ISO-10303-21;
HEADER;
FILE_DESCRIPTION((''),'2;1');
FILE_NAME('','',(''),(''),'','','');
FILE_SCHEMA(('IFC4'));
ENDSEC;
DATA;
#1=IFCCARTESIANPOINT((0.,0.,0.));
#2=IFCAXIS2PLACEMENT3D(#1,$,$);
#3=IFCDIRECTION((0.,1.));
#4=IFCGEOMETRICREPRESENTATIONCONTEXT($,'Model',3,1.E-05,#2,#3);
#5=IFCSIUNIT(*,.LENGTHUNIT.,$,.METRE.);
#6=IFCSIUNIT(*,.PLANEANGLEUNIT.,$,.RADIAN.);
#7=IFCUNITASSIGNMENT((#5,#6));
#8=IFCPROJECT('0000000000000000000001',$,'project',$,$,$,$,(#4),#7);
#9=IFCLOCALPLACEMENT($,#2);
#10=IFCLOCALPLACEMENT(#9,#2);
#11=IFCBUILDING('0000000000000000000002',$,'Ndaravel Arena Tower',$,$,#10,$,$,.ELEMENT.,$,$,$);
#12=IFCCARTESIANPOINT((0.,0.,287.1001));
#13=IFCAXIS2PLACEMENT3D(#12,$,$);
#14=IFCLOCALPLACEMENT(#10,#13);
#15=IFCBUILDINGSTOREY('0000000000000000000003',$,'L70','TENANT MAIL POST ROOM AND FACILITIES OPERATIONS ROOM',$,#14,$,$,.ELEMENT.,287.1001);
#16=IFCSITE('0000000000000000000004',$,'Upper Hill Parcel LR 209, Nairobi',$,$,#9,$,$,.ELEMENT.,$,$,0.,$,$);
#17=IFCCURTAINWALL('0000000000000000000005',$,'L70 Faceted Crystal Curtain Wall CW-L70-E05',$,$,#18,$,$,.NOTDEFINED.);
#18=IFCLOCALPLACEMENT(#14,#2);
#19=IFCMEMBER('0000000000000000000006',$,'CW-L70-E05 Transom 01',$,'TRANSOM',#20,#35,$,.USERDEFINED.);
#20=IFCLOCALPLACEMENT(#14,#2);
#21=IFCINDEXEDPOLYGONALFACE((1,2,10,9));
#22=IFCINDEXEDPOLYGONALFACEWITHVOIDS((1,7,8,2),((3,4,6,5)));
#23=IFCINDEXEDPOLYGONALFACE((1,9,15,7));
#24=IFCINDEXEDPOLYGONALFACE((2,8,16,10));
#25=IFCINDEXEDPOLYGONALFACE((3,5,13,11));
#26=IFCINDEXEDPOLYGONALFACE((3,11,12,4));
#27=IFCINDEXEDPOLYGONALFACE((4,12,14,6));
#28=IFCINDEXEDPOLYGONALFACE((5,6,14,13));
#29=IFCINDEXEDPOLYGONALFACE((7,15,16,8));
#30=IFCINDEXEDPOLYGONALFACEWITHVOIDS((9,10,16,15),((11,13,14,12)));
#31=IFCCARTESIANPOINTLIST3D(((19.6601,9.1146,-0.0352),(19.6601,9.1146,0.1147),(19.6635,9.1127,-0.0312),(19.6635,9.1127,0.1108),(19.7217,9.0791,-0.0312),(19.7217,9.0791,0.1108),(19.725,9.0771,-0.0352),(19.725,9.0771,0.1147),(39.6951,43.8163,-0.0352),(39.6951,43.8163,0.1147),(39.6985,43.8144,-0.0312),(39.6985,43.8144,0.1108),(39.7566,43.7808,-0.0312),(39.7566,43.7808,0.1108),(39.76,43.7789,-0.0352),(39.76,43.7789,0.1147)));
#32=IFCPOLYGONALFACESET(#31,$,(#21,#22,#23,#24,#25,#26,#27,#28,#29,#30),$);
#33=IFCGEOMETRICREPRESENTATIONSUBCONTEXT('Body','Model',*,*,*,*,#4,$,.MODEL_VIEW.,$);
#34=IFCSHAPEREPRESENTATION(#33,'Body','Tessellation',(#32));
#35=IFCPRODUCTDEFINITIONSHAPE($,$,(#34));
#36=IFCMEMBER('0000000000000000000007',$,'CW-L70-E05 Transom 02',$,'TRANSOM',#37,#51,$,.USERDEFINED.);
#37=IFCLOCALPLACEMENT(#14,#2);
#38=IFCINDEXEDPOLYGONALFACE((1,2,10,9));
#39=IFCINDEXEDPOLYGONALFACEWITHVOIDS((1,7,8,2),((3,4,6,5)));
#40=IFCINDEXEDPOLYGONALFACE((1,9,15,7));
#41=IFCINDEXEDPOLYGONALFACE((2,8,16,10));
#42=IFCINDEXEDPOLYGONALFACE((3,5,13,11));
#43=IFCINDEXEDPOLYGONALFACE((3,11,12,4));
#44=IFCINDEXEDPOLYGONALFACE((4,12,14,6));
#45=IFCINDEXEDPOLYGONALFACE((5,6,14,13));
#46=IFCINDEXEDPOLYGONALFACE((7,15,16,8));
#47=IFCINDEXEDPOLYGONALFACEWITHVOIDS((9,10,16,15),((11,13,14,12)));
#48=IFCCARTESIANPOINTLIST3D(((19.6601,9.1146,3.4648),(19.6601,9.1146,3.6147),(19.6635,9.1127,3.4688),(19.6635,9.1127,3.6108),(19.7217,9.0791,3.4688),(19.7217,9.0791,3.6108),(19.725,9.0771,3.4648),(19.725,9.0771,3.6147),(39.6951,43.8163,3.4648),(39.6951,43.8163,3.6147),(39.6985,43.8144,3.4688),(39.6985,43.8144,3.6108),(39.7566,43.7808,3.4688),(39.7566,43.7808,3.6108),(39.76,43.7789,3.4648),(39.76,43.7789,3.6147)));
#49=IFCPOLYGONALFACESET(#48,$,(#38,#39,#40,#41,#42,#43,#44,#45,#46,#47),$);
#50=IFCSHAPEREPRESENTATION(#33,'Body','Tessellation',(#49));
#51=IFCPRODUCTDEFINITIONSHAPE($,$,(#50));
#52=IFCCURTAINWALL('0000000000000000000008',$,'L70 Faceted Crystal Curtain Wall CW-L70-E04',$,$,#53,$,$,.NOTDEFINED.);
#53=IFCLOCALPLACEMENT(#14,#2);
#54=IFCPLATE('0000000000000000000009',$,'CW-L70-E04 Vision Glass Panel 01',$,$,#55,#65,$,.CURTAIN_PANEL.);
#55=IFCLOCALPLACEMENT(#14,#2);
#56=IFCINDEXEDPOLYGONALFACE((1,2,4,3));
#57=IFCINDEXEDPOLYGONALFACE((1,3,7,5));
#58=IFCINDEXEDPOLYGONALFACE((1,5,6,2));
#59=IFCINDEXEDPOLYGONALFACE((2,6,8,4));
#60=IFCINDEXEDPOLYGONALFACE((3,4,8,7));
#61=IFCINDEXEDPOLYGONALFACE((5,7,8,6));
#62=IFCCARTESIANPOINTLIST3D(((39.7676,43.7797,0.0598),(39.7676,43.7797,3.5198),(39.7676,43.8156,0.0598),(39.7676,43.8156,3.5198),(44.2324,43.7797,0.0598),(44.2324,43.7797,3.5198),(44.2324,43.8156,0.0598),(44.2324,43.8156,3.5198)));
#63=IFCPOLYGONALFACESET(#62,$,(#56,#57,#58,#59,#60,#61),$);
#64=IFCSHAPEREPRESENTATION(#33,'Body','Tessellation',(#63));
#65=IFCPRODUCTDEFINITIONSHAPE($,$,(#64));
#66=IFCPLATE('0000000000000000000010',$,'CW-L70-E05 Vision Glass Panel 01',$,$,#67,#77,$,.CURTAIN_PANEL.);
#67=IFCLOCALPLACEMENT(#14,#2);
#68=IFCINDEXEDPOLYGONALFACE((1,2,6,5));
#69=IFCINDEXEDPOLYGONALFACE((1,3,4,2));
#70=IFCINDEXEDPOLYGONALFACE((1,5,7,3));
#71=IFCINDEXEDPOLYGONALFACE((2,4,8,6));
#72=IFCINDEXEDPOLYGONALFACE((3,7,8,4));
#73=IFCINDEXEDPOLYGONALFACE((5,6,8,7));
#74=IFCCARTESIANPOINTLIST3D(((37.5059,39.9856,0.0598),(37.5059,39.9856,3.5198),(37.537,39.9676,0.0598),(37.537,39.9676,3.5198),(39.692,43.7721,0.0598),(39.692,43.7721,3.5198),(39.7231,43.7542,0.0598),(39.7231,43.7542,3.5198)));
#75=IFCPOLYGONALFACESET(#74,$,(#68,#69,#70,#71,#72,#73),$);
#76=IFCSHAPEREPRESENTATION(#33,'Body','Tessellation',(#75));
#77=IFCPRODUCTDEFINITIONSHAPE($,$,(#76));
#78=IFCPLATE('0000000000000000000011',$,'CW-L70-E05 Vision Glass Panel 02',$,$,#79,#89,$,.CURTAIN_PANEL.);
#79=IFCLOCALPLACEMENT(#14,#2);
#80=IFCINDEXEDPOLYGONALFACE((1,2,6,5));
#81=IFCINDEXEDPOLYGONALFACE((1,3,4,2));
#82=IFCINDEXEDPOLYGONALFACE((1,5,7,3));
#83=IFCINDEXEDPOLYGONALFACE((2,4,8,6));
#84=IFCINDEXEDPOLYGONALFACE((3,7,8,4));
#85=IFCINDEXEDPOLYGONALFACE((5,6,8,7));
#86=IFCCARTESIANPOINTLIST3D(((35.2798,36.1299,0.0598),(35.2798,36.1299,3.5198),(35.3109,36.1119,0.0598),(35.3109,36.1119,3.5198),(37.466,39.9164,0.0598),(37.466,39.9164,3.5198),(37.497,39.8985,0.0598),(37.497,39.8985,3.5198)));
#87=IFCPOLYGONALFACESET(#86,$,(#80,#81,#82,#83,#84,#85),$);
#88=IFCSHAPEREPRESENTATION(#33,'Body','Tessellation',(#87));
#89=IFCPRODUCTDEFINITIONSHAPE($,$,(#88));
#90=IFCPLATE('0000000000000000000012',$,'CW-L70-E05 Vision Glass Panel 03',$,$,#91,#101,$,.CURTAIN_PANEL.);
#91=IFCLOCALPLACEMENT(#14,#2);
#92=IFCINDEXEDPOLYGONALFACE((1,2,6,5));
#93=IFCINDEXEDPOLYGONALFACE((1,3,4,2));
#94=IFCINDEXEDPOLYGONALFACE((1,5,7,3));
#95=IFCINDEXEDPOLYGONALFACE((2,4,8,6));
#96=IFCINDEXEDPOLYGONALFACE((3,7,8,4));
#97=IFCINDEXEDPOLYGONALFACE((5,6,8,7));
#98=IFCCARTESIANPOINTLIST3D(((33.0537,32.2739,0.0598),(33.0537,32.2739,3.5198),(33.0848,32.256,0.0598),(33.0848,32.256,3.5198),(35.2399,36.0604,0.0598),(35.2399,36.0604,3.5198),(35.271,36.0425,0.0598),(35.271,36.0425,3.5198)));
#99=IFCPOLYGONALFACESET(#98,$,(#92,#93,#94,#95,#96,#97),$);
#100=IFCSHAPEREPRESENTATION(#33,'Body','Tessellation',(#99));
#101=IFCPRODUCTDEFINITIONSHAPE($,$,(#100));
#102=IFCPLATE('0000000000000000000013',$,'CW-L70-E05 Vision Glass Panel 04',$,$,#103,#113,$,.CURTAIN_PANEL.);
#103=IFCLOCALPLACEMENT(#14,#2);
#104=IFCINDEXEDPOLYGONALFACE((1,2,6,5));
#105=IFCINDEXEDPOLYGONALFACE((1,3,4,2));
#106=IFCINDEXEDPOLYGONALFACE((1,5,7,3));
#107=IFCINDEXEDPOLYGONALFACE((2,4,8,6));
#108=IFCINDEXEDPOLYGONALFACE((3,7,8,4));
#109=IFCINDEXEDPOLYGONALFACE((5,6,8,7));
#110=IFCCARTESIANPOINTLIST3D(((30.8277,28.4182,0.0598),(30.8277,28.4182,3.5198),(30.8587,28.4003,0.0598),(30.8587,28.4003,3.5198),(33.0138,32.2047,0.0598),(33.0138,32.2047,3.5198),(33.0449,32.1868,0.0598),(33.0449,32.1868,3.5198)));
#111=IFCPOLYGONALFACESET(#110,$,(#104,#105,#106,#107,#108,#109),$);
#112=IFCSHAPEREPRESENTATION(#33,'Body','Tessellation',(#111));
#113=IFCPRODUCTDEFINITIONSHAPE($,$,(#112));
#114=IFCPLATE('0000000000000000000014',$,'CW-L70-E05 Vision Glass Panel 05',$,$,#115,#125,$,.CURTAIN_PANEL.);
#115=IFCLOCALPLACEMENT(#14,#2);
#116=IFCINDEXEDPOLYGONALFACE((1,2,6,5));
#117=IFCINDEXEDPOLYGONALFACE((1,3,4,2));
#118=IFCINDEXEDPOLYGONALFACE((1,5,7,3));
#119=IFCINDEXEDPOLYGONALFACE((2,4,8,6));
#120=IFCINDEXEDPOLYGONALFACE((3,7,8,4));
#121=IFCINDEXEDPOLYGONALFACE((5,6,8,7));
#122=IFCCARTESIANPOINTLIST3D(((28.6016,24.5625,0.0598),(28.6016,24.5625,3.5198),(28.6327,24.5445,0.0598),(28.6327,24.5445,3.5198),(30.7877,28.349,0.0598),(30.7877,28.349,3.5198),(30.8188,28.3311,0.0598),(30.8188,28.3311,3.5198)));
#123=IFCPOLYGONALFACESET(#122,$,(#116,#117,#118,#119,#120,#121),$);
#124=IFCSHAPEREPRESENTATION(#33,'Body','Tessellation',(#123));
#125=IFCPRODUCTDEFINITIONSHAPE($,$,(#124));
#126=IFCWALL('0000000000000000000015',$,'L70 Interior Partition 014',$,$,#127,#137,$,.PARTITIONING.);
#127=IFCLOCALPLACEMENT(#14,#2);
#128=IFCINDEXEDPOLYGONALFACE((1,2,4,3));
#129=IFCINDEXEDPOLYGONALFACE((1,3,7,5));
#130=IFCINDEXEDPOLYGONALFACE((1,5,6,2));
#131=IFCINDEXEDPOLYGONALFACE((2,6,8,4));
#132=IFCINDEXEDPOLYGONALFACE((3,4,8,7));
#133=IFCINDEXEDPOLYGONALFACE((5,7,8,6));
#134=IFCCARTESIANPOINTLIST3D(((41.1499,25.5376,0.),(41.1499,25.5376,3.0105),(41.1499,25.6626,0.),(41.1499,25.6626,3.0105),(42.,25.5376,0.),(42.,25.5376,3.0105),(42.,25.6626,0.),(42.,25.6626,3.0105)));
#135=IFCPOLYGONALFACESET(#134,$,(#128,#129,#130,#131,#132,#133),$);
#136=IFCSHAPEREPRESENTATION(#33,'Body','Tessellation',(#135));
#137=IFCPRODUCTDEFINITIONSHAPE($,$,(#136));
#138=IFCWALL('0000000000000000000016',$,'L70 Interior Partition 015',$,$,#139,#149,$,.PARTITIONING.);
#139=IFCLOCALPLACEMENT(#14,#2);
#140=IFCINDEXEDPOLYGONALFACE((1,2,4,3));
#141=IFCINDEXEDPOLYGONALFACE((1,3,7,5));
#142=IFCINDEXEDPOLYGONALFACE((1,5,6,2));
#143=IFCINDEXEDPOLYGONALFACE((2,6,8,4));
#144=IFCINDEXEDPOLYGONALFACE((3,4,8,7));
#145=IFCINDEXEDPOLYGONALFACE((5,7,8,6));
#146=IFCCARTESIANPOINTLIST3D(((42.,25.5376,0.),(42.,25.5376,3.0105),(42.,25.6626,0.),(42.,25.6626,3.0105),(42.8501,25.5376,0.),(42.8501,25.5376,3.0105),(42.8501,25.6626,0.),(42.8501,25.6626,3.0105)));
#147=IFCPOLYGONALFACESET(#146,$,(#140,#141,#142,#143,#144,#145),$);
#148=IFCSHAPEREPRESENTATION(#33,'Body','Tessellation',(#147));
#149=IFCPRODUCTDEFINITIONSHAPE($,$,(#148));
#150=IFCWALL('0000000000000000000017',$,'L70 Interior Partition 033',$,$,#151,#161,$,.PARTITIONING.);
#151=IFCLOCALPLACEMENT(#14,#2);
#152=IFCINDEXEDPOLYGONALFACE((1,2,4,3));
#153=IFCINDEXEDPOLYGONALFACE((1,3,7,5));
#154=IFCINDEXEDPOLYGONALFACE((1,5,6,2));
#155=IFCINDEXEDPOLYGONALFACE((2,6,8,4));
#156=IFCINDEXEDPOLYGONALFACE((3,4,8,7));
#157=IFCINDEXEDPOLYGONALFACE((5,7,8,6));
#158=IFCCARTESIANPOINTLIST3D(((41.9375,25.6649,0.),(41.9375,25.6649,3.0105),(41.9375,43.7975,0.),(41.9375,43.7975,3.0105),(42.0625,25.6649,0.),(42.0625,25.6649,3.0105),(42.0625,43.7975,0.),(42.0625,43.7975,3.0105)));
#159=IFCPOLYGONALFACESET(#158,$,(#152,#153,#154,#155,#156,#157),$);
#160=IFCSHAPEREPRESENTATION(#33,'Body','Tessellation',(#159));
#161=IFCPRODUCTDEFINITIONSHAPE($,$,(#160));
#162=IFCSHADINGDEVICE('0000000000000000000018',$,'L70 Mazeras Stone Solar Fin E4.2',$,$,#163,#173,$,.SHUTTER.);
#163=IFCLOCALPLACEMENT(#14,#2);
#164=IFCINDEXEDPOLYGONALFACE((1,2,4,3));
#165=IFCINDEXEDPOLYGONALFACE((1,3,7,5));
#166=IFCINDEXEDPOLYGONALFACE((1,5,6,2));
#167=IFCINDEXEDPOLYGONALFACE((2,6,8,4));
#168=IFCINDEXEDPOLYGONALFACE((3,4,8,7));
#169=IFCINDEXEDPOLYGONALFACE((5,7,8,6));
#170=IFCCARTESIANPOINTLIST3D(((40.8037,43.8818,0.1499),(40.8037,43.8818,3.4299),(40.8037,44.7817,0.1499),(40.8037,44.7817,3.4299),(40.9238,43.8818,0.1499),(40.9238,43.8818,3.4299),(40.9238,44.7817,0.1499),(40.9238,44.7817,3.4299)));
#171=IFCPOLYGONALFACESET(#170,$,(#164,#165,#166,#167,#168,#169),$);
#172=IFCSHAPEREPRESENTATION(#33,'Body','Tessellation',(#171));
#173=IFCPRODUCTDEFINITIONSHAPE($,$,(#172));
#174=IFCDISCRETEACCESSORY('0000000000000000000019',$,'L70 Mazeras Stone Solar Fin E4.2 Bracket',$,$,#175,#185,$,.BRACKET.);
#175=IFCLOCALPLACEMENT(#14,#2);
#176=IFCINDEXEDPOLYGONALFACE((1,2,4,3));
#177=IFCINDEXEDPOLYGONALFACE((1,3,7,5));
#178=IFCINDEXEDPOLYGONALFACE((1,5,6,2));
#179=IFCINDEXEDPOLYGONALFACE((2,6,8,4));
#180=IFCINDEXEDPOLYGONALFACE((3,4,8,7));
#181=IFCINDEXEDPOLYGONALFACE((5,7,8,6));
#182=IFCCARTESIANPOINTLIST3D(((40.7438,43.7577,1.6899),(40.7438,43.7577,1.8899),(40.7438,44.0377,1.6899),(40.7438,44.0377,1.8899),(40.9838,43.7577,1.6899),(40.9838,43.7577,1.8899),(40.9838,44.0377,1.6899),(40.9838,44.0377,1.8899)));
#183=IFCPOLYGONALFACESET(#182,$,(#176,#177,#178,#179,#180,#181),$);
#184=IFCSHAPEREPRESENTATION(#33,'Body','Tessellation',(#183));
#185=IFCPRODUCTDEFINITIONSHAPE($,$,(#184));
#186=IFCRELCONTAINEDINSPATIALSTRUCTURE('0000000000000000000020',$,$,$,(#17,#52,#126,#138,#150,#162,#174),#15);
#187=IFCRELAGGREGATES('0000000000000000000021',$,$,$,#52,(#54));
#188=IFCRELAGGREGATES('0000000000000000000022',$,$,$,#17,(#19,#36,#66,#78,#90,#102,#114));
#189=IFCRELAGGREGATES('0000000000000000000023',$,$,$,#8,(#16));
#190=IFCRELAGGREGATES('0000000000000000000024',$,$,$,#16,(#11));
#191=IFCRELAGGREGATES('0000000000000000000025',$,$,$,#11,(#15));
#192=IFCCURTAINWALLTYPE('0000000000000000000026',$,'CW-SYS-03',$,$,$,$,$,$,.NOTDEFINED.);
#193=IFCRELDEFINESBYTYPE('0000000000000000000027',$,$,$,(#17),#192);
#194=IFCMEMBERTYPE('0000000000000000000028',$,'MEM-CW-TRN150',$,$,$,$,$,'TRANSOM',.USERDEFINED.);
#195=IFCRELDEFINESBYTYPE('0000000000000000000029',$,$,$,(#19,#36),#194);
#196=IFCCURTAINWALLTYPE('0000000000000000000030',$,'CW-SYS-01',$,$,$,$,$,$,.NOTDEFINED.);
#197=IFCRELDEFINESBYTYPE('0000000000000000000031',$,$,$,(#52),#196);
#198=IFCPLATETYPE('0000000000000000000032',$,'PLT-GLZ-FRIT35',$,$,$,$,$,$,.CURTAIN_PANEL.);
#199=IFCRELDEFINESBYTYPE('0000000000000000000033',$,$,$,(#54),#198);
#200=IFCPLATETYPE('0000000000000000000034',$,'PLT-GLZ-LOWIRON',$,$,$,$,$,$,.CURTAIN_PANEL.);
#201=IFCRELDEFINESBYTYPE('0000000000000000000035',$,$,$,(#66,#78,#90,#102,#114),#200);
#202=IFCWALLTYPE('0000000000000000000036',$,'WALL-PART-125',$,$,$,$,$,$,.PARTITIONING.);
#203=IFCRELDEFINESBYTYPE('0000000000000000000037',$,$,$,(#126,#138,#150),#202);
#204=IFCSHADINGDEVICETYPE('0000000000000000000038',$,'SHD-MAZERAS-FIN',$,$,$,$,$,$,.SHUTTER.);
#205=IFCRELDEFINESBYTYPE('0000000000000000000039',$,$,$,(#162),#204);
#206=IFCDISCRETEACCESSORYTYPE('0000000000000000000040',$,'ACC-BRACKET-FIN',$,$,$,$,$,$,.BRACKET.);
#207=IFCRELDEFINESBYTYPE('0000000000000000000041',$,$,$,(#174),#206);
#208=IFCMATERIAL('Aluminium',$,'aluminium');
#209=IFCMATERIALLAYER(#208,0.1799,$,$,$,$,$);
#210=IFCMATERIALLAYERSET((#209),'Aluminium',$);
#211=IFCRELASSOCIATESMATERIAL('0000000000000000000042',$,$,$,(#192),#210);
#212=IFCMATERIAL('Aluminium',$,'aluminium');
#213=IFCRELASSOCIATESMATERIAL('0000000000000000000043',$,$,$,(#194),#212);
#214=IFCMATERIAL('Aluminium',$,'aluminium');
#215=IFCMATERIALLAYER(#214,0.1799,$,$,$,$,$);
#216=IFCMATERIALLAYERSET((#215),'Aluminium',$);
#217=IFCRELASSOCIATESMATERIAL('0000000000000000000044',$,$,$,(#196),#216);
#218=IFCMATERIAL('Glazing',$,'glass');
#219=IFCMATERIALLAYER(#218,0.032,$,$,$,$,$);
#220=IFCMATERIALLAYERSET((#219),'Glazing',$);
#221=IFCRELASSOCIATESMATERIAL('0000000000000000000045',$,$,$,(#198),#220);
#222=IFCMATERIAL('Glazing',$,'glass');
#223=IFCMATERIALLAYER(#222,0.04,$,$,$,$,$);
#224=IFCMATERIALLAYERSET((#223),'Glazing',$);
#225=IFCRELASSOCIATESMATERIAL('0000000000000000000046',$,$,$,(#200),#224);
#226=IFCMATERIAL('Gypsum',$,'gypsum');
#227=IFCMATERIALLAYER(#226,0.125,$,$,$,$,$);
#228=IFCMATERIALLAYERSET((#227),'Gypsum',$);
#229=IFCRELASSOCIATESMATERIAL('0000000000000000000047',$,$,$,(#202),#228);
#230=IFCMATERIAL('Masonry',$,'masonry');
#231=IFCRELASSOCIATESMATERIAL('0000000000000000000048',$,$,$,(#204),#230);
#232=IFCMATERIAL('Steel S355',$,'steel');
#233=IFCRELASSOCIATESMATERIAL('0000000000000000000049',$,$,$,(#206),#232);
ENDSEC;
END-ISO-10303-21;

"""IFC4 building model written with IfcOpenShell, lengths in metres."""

from ifc_helpers import new_model, si_unit, direction, frame, frame_2d, origin, origin_2d, place, context, subcontext, project, spatial, rectangle, hollow_rectangle, extrude, material, layer, layer_set, material_profile, profile_set, type_object, element, aggregate, save


model = new_model("IFC4")

# Units and contexts
model_context = context("Model", 3, precision=1e-05, world=origin(), true_north=direction((0.0, 1.0)))
body_context = subcontext(model_context, "Body", "Model", "MODEL_VIEW")
ifc_project = project(units=[si_unit("LENGTHUNIT", "METRE"), si_unit("PLANEANGLEUNIT", "RADIAN")], contexts=[model_context])

# Site, building, storey
site_placement = place(None, origin())
site = spatial("IfcSite", under=ifc_project, at=site_placement, Name="Upper Hill Parcel LR 209, Nairobi", CompositionType="ELEMENT", RefElevation=0.0)
building_placement = place(site_placement, origin())
building = spatial("IfcBuilding", under=site, at=building_placement, Name="Ndaravel Arena Tower", CompositionType="ELEMENT")
storey_placement = place(building_placement, frame((0.0, 0.0, 287.1001)))
storey = spatial("IfcBuildingStorey", under=building, at=storey_placement, Name="L70", Description="TENANT MAIL POST ROOM AND FACILITIES OPERATIONS ROOM", CompositionType="ELEMENT", Elevation=287.1001)

# Curtain wall, members
ifc_material_1 = material(Name="Aluminium", Category="aluminium")
ifc_layer_1 = layer(ifc_material_1, 0.1799)
ifc_layer_set_1 = layer_set([ifc_layer_1], Name="Aluminium")
curtain_wall_type_1 = type_object("IfcCurtainWallType", Name="CW-SYS-03", PredefinedType="NOTDEFINED", material=ifc_layer_set_1)
curtain_wall_1_placement = place(storey_placement, origin())
curtain_wall_1 = element("IfcCurtainWall", 1, at=curtain_wall_1_placement, inside=storey, type_object=curtain_wall_type_1, Name="L70 Faceted Crystal Curtain Wall CW-L70-E05", PredefinedType="NOTDEFINED")
ifc_material_2 = material(Name="Aluminium", Category="aluminium")
ifc_material_profile_1 = material_profile(ifc_material_2, hollow_rectangle(XDim=0.075, YDim=0.1499, WallThickness=0.0039, at=origin_2d()), Name="CW TRANSOM 75x150x4")
ifc_profile_set_1 = profile_set([ifc_material_profile_1], Name="Aluminium")
member_type_1 = type_object("IfcMemberType", Name="MEM-CW-TRN150", ElementType="TRANSOM", PredefinedType="USERDEFINED", material=ifc_profile_set_1)
member_1_placement = place(storey_placement, frame((39.7275, 43.7976, 0.0398), z_axis=(-0.499998, -0.866026, 0.0), x_axis=(0.866026, -0.499998, 0.0)))
member_1 = element("IfcMember", 2, at=member_1_placement, type_object=member_type_1, Name="CW-L70-E05 Transom 01", ObjectType="TRANSOM", PredefinedType="USERDEFINED", context=body_context, shape_type="SweptSolid", body=[
    extrude(hollow_rectangle(XDim=0.075, YDim=0.1499, WallThickness=0.0039, at=origin_2d()), origin(), (0.0, 0.0, 1.0), 40.0701),
])
member_2_placement = place(storey_placement, frame((39.7275, 43.7976, 3.5398), z_axis=(-0.499998, -0.866026, 0.0), x_axis=(0.866026, -0.499998, 0.0)))
member_2 = element("IfcMember", 3, at=member_2_placement, type_object=member_type_1, Name="CW-L70-E05 Transom 02", ObjectType="TRANSOM", PredefinedType="USERDEFINED", context=body_context, shape_type="SweptSolid", body=[
    extrude(hollow_rectangle(XDim=0.075, YDim=0.1499, WallThickness=0.0039, at=origin_2d()), origin(), (0.0, 0.0, 1.0), 40.0701),
])

# Curtain wall, plate
ifc_material_3 = material(Name="Aluminium", Category="aluminium")
ifc_layer_2 = layer(ifc_material_3, 0.1799)
ifc_layer_set_2 = layer_set([ifc_layer_2], Name="Aluminium")
curtain_wall_type_2 = type_object("IfcCurtainWallType", Name="CW-SYS-01", PredefinedType="NOTDEFINED", material=ifc_layer_set_2)
curtain_wall_2_placement = place(storey_placement, origin())
curtain_wall_2 = element("IfcCurtainWall", 4, at=curtain_wall_2_placement, inside=storey, type_object=curtain_wall_type_2, Name="L70 Faceted Crystal Curtain Wall CW-L70-E04", PredefinedType="NOTDEFINED")
ifc_material_4 = material(Name="Glazing", Category="glass")
ifc_layer_3 = layer(ifc_material_4, 0.032)
ifc_layer_set_3 = layer_set([ifc_layer_3], Name="Glazing")
plate_type_1 = type_object("IfcPlateType", Name="PLT-GLZ-FRIT35", PredefinedType="CURTAIN_PANEL", material=ifc_layer_set_3)
plate_1_placement = place(storey_placement, frame((42.0, 43.7976, 0.0598), z_axis=(0.0, 0.0, 1.0), x_axis=(-1.0, 0.0, 0.0)))
plate_1 = element("IfcPlate", 5, at=plate_1_placement, type_object=plate_type_1, Name="CW-L70-E04 Vision Glass Panel 01", PredefinedType="CURTAIN_PANEL", context=body_context, shape_type="SweptSolid", body=[
    extrude(rectangle(XDim=4.4648, YDim=0.0359, at=origin_2d()), origin(), (0.0, 0.0, 1.0), 3.46),
])
aggregate(curtain_wall_2, [plate_1])

# Plates
ifc_material_5 = material(Name="Glazing", Category="glass")
ifc_layer_4 = layer(ifc_material_5, 0.04)
ifc_layer_set_4 = layer_set([ifc_layer_4], Name="Glazing")
plate_type_2 = type_object("IfcPlateType", Name="PLT-GLZ-LOWIRON", PredefinedType="CURTAIN_PANEL", material=ifc_layer_set_4)
plate_2_placement = place(storey_placement, frame((38.6145, 41.8699, 0.0598), z_axis=(0.0, 0.0, 1.0), x_axis=(-0.5, -0.866025, 0.0)))
plate_2 = element("IfcPlate", 6, at=plate_2_placement, type_object=plate_type_2, Name="CW-L70-E05 Vision Glass Panel 01", PredefinedType="CURTAIN_PANEL", context=body_context, shape_type="SweptSolid", body=[
    extrude(rectangle(XDim=4.3723, YDim=0.0359, at=origin_2d()), origin(), (0.0, 0.0, 1.0), 3.46),
])
plate_3_placement = place(storey_placement, frame((36.3884, 38.0142, 0.0598), z_axis=(0.0, 0.0, 1.0), x_axis=(-0.5, -0.866025, 0.0)))
plate_3 = element("IfcPlate", 7, at=plate_3_placement, type_object=plate_type_2, Name="CW-L70-E05 Vision Glass Panel 02", PredefinedType="CURTAIN_PANEL", context=body_context, shape_type="SweptSolid", body=[
    extrude(rectangle(XDim=4.3723, YDim=0.0359, at=origin_2d()), origin(), (0.0, 0.0, 1.0), 3.46),
])
plate_4_placement = place(storey_placement, frame((34.1624, 34.1582, 0.0598), z_axis=(0.0, 0.0, 1.0), x_axis=(-0.5, -0.866025, 0.0)))
plate_4 = element("IfcPlate", 8, at=plate_4_placement, type_object=plate_type_2, Name="CW-L70-E05 Vision Glass Panel 03", PredefinedType="CURTAIN_PANEL", context=body_context, shape_type="SweptSolid", body=[
    extrude(rectangle(XDim=4.3723, YDim=0.0359, at=origin_2d()), origin(), (0.0, 0.0, 1.0), 3.46),
])
plate_5_placement = place(storey_placement, frame((31.9363, 30.3025, 0.0598), z_axis=(0.0, 0.0, 1.0), x_axis=(-0.5, -0.866025, 0.0)))
plate_5 = element("IfcPlate", 9, at=plate_5_placement, type_object=plate_type_2, Name="CW-L70-E05 Vision Glass Panel 04", PredefinedType="CURTAIN_PANEL", context=body_context, shape_type="SweptSolid", body=[
    extrude(rectangle(XDim=4.3723, YDim=0.0359, at=origin_2d()), origin(), (0.0, 0.0, 1.0), 3.46),
])
plate_6_placement = place(storey_placement, frame((29.7102, 26.4468, 0.0598), z_axis=(0.0, 0.0, 1.0), x_axis=(-0.5, -0.866025, 0.0)))
plate_6 = element("IfcPlate", 10, at=plate_6_placement, type_object=plate_type_2, Name="CW-L70-E05 Vision Glass Panel 05", PredefinedType="CURTAIN_PANEL", context=body_context, shape_type="SweptSolid", body=[
    extrude(rectangle(XDim=4.3723, YDim=0.0359, at=origin_2d()), origin(), (0.0, 0.0, 1.0), 3.46),
])
aggregate(curtain_wall_1, [member_1, member_2, plate_2, plate_3, plate_4, plate_5, plate_6])

# Walls
ifc_material_6 = material(Name="Gypsum", Category="gypsum")
ifc_layer_5 = layer(ifc_material_6, 0.125)
ifc_layer_set_5 = layer_set([ifc_layer_5], Name="Gypsum")
wall_type = type_object("IfcWallType", Name="WALL-PART-125", PredefinedType="PARTITIONING", material=ifc_layer_set_5)
for number, where, z_axis, x_axis, name in (
    (11, (41.1499, 25.6001, 0.0), (0.0, 0.0, 1.0), (1.0, 0.0, 0.0), "L70 Interior Partition 014"),
    (12, (42.0, 25.6001, 0.0), (0.0, 0.0, 1.0), (1.0, 0.0, 0.0), "L70 Interior Partition 015"),
):
    element("IfcWall", number, at=place(storey_placement, frame(where, z_axis=z_axis, x_axis=x_axis)), inside=storey, type_object=wall_type, Name=name, PredefinedType="PARTITIONING", context=body_context, shape_type="SweptSolid", body=[
        extrude(rectangle(XDim=0.8501, YDim=0.125, at=frame_2d((0.425, 0.0))), origin(), (0.0, 0.0, 1.0), 3.0105),
    ])
wall_placement = place(storey_placement, frame((42.0, 43.7976, 0.0), z_axis=(0.0, 0.0, 1.0), x_axis=(0.0, -1.0, 0.0)))
element("IfcWall", 13, at=wall_placement, inside=storey, type_object=wall_type, Name="L70 Interior Partition 033", PredefinedType="PARTITIONING", context=body_context, shape_type="SweptSolid", body=[
    extrude(rectangle(XDim=18.1326, YDim=0.125, at=frame_2d((9.0664, 0.0))), origin(), (0.0, 0.0, 1.0), 3.0105),
])

# Shading device
ifc_material_7 = material(Name="Masonry", Category="masonry")
shading_device_type = type_object("IfcShadingDeviceType", Name="SHD-MAZERAS-FIN", PredefinedType="SHUTTER", material=ifc_material_7)
shading_device_placement = place(storey_placement, frame((40.8638, 44.3318, 0.1499), z_axis=(0.0, 0.0, 1.0), x_axis=(0.0, 1.0, 0.0)))
element("IfcShadingDevice", 14, at=shading_device_placement, inside=storey, type_object=shading_device_type, Name="L70 Mazeras Stone Solar Fin E4.2", PredefinedType="SHUTTER", context=body_context, shape_type="SweptSolid", body=[
    extrude(rectangle(XDim=0.8999, YDim=0.1201, at=origin_2d()), origin(), (0.0, 0.0, 1.0), 3.28),
])

# Discrete accessory
ifc_material_8 = material(Name="Steel S355", Category="steel")
discrete_accessory_type = type_object("IfcDiscreteAccessoryType", Name="ACC-BRACKET-FIN", PredefinedType="BRACKET", material=ifc_material_8)
discrete_accessory_placement = place(storey_placement, frame((40.8638, 43.8977, 1.6899), z_axis=(0.0, 0.0, 1.0), x_axis=(0.0, 1.0, 0.0)))
element("IfcDiscreteAccessory", 15, at=discrete_accessory_placement, inside=storey, type_object=discrete_accessory_type, Name="L70 Mazeras Stone Solar Fin E4.2 Bracket", PredefinedType="BRACKET", context=body_context, shape_type="SweptSolid", body=[
    extrude(rectangle(XDim=0.28, YDim=0.24, at=origin_2d()), origin(), (0.0, 0.0, 1.0), 0.2),
])

save(model, "model.ifc")
